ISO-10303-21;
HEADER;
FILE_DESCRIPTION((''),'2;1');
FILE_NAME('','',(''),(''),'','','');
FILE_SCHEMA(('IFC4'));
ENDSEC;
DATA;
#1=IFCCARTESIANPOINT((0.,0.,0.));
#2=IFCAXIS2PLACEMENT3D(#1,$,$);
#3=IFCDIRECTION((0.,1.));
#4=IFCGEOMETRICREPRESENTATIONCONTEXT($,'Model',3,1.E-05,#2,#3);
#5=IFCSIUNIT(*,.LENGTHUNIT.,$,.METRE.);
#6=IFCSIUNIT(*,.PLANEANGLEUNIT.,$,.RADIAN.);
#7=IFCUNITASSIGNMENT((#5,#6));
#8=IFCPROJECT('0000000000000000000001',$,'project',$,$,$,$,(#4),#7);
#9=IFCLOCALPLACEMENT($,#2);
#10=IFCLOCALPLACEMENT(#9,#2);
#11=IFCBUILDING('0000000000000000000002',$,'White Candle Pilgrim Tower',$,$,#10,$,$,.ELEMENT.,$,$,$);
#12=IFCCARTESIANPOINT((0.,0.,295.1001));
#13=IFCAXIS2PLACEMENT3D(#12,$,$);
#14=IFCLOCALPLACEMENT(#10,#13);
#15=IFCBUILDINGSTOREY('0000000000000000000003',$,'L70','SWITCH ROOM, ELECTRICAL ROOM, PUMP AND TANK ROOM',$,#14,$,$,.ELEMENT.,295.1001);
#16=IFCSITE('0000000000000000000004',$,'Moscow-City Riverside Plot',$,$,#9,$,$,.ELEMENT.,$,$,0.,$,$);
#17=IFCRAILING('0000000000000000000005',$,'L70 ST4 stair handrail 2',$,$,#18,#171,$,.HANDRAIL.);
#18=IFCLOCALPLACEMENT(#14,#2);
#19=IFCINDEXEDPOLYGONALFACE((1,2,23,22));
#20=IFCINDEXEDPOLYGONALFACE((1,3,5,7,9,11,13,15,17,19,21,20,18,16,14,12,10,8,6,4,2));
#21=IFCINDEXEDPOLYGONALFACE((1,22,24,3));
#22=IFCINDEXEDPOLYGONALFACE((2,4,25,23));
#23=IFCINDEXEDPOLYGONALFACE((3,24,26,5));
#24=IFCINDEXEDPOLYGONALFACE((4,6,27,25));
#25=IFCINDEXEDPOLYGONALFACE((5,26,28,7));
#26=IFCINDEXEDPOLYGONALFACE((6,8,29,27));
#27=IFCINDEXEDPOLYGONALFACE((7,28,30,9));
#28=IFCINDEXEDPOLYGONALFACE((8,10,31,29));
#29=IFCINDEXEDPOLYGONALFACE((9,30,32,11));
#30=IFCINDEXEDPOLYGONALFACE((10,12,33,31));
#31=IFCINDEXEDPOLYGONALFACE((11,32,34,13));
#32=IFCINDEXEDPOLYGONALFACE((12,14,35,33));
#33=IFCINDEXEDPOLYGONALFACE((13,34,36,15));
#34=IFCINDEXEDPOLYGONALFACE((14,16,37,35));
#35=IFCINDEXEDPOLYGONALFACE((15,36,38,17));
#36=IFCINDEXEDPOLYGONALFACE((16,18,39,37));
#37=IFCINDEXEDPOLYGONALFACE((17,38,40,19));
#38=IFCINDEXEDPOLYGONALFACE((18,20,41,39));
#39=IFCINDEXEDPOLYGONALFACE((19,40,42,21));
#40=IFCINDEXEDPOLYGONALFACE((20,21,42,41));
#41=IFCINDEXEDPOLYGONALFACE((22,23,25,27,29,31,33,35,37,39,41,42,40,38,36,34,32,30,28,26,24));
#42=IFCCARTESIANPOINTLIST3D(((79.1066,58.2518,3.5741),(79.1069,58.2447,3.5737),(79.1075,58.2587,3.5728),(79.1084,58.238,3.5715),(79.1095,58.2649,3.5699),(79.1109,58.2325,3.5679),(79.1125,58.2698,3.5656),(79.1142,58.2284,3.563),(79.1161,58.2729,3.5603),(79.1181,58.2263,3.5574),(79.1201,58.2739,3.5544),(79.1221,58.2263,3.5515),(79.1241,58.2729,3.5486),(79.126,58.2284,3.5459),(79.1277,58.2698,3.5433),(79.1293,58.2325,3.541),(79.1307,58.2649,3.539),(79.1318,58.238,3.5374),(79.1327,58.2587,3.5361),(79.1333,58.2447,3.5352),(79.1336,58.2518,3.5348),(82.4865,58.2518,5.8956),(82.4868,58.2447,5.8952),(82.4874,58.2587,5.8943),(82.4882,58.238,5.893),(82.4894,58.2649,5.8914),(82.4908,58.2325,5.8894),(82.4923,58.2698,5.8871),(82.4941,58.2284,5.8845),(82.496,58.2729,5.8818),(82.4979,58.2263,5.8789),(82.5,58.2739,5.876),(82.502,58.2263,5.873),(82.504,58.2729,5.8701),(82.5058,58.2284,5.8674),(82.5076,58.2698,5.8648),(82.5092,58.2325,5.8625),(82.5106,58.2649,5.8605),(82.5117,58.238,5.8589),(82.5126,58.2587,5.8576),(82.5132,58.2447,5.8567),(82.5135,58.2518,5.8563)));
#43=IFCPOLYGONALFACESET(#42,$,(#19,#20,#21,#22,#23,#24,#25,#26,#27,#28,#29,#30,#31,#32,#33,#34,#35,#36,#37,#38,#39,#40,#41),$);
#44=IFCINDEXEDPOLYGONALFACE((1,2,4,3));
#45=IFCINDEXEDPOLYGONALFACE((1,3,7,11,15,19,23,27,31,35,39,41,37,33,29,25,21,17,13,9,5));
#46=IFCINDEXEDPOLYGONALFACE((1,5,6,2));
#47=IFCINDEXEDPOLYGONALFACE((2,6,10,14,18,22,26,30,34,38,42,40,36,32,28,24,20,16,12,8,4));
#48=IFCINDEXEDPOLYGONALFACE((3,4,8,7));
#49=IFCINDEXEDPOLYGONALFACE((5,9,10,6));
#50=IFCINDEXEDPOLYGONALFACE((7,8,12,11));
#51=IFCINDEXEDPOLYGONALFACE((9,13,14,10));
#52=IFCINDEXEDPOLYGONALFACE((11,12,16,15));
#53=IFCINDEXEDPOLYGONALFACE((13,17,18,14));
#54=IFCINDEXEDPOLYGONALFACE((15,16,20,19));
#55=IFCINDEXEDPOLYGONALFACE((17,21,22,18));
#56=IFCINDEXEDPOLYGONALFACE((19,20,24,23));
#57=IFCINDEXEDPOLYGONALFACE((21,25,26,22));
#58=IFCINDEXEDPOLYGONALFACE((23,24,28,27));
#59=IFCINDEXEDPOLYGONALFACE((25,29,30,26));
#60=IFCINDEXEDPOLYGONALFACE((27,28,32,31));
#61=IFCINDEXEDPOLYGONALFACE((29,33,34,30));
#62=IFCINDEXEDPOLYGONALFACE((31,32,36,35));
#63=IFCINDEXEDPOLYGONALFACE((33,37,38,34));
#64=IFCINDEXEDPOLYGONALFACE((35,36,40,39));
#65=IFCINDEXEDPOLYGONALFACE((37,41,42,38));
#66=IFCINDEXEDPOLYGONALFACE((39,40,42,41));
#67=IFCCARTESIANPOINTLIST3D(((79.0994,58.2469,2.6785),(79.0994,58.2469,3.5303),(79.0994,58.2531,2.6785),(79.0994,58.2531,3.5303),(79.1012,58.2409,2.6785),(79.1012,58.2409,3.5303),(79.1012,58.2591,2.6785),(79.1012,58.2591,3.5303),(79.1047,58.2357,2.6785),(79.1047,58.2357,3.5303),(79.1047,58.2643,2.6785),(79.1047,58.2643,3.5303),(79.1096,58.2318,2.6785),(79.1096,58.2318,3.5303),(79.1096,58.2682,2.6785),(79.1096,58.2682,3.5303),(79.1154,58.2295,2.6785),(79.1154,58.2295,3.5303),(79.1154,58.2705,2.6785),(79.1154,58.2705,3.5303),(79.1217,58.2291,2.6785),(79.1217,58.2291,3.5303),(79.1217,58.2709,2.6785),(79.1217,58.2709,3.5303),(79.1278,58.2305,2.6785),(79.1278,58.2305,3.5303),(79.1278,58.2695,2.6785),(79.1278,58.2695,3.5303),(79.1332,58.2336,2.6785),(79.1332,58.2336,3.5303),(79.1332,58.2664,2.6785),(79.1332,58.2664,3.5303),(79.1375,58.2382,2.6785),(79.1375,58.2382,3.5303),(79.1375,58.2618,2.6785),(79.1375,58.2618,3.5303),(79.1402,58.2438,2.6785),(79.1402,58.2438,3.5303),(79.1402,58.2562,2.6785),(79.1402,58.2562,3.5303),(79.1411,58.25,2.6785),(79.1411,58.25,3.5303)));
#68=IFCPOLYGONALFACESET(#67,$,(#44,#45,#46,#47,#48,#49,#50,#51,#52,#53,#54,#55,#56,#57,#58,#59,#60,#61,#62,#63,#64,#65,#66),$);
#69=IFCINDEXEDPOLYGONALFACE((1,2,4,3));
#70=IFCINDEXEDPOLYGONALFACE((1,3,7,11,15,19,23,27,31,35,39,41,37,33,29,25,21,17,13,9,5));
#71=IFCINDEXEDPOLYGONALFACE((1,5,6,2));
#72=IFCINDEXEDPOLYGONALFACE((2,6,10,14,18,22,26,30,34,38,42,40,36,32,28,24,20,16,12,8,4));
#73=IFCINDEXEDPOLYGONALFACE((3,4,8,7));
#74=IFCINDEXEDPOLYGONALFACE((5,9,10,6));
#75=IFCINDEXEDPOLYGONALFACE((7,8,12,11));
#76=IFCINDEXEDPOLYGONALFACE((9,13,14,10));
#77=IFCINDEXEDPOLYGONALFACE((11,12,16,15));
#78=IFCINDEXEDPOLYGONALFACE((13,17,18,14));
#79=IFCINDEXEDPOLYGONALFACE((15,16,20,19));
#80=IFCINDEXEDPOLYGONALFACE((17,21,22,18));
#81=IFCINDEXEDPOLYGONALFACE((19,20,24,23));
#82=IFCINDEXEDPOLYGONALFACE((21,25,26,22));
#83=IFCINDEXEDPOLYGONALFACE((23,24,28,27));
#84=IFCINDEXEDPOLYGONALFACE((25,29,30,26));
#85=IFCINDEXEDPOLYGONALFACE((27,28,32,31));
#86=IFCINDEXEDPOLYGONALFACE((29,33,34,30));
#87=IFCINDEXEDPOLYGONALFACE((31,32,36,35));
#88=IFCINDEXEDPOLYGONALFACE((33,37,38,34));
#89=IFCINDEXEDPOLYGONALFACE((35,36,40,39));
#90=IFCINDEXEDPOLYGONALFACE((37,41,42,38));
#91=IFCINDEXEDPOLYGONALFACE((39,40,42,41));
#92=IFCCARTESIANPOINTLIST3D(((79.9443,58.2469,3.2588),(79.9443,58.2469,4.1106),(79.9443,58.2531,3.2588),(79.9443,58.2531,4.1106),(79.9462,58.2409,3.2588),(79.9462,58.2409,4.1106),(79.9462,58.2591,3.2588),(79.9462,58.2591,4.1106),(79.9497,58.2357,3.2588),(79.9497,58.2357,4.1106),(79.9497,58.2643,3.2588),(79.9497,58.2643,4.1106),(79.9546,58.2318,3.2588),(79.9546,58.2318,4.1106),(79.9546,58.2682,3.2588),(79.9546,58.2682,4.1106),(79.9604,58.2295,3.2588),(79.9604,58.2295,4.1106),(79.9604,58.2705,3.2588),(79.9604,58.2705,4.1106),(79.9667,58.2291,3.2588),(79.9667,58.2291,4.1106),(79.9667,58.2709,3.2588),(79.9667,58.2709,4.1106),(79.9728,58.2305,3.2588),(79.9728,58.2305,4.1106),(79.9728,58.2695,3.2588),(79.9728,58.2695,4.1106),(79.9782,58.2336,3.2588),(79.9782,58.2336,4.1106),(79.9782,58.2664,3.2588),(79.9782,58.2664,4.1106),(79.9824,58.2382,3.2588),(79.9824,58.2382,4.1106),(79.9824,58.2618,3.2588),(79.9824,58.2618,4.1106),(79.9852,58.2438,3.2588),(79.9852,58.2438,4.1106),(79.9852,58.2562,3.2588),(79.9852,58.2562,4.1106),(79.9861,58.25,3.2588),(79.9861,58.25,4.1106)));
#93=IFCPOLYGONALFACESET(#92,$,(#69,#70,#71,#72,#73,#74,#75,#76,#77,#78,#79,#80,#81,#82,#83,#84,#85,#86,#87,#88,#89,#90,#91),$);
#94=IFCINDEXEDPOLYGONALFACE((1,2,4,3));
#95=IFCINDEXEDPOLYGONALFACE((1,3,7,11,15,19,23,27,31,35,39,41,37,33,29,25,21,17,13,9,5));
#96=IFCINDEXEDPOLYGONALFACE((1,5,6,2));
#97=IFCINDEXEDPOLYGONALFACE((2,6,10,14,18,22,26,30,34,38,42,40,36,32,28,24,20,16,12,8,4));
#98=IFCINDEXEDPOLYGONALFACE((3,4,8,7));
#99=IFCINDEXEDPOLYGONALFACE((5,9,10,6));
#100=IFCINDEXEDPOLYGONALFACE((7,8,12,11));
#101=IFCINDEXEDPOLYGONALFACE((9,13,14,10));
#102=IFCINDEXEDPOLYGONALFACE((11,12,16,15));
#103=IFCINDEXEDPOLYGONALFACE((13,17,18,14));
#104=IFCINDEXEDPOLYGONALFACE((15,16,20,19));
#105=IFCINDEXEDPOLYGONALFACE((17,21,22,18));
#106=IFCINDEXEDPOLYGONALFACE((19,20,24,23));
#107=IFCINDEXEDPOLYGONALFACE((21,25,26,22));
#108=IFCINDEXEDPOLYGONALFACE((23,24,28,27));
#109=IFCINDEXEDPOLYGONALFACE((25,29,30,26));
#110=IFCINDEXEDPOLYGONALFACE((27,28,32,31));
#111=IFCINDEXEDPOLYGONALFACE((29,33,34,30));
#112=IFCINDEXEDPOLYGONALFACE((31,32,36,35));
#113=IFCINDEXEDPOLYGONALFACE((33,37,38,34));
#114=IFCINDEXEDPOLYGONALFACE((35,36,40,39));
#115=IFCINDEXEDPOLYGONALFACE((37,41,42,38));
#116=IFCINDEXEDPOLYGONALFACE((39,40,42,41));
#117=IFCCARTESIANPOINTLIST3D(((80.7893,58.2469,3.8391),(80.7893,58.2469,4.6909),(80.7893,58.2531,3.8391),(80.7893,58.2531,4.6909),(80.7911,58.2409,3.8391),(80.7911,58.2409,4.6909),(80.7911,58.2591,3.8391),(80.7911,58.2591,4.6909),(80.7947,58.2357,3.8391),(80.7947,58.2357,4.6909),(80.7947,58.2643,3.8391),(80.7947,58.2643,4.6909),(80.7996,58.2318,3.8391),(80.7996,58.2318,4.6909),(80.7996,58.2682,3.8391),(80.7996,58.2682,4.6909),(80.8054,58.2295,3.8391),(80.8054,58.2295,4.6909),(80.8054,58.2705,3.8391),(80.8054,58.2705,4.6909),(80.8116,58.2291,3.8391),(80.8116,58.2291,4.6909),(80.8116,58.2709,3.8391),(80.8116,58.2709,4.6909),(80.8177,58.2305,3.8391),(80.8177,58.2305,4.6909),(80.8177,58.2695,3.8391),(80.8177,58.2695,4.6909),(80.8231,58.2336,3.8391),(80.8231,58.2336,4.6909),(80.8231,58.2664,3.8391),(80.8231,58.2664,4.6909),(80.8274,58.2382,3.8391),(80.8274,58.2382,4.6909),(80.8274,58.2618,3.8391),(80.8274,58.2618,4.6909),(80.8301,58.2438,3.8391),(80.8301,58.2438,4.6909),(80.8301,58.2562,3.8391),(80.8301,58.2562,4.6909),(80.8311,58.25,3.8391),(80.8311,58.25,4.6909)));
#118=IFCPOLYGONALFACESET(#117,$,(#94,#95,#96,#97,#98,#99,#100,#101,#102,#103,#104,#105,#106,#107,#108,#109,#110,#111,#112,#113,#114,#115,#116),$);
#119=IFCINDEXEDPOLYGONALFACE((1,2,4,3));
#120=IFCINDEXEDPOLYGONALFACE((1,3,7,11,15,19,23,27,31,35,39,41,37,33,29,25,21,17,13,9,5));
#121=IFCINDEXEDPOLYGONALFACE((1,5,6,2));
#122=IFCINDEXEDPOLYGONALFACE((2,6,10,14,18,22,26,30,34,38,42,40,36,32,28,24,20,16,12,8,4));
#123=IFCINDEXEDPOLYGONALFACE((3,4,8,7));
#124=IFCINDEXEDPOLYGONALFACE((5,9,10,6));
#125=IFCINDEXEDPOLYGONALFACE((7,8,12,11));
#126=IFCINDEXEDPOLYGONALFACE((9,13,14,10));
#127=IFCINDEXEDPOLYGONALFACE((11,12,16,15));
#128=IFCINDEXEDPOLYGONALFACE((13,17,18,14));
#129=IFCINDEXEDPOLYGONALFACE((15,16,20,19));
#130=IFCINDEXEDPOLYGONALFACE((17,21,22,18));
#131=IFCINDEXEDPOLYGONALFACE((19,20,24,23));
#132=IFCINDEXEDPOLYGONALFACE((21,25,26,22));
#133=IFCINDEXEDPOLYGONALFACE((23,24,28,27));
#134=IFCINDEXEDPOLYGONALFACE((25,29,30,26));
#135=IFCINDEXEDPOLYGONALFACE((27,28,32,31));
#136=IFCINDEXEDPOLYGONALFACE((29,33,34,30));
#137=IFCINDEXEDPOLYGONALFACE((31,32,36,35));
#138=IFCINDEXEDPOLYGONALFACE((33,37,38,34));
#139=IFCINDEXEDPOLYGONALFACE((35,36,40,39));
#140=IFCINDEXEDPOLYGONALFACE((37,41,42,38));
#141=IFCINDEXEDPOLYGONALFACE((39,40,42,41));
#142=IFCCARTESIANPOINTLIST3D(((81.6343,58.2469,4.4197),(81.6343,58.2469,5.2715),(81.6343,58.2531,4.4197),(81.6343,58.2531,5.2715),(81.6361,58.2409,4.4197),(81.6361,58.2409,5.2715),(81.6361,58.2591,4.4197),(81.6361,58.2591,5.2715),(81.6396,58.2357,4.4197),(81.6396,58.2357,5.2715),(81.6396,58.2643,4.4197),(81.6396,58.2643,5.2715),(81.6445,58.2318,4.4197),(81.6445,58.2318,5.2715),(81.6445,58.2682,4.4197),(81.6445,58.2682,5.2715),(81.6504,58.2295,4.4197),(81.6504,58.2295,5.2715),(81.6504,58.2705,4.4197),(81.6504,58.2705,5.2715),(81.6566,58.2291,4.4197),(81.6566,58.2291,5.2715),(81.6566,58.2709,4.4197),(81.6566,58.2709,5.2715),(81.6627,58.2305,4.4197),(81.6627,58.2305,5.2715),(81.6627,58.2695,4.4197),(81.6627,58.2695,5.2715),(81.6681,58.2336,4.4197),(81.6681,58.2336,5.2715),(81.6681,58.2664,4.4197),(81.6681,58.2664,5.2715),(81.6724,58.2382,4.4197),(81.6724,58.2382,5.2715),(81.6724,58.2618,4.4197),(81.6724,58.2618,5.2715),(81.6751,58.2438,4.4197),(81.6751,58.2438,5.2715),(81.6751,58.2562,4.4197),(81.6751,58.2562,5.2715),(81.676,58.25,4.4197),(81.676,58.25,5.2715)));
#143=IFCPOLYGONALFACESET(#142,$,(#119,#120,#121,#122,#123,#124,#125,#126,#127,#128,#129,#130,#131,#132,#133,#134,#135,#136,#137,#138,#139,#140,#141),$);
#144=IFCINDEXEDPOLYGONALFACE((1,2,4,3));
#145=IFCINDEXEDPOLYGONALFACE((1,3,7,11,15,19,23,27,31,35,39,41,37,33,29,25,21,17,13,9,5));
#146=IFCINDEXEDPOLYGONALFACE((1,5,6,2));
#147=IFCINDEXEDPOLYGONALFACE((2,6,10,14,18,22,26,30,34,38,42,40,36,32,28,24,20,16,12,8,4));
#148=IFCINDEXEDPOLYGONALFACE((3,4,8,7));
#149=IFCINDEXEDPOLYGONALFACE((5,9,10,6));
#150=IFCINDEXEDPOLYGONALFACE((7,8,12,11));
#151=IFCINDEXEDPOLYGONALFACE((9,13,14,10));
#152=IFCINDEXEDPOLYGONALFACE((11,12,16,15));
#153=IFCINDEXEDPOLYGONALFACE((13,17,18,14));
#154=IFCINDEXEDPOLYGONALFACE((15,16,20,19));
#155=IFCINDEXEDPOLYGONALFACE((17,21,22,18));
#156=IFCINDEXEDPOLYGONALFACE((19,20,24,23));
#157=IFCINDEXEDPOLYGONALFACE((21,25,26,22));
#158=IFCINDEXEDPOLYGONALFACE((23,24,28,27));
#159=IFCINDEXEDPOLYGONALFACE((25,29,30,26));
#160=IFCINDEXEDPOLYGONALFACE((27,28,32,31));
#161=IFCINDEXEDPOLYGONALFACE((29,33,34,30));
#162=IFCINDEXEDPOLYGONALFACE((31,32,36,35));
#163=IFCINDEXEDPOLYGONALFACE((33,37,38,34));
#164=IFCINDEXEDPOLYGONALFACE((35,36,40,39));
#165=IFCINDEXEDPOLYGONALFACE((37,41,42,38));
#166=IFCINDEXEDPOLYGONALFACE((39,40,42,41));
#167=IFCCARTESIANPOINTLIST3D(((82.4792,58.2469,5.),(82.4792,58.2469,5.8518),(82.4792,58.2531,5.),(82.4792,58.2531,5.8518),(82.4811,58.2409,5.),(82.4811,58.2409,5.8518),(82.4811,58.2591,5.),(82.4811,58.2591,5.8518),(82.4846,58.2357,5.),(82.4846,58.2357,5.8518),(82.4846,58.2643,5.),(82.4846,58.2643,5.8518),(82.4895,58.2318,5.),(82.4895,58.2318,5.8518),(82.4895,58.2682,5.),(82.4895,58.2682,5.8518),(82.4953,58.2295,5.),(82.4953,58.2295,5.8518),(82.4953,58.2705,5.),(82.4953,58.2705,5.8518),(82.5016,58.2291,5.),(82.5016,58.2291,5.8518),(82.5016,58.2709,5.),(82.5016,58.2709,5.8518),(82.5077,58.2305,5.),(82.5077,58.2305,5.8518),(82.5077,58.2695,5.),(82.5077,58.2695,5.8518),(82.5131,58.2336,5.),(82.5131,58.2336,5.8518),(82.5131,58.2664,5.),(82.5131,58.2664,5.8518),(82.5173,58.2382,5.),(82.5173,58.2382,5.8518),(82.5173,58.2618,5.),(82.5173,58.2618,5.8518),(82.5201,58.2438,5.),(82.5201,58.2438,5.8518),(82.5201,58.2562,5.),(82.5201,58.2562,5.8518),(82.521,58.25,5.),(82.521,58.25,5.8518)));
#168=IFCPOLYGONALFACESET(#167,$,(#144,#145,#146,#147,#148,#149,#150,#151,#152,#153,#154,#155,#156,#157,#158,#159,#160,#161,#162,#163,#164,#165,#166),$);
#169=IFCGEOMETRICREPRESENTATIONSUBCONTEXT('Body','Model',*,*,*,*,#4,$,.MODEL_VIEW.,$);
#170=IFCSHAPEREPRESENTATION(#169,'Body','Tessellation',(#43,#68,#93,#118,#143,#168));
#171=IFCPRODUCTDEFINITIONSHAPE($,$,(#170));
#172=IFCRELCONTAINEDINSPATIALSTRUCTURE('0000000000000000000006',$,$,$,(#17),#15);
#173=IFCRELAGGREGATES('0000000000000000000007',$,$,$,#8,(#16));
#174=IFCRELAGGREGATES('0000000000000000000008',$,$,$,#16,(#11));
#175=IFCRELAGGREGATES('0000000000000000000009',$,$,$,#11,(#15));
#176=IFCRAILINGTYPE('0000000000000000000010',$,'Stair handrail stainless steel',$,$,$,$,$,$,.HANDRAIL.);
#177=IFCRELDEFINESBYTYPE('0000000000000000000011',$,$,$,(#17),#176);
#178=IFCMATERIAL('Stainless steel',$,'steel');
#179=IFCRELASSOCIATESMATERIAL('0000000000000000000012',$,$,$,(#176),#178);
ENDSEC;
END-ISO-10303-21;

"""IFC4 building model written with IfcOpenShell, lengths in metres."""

from ifc_helpers import new_model, si_unit, direction, frame, origin, origin_2d, place, context, subcontext, project, spatial, circle, extrude, material, type_object, element, save


model = new_model("IFC4")

# Units and contexts
model_context = context("Model", 3, precision=1e-05, world=origin(), true_north=direction((0.0, 1.0)))
body_context = subcontext(model_context, "Body", "Model", "MODEL_VIEW")
ifc_project = project(units=[si_unit("LENGTHUNIT", "METRE"), si_unit("PLANEANGLEUNIT", "RADIAN")], contexts=[model_context])

# Site, building, storey
site_placement = place(None, origin())
site = spatial("IfcSite", under=ifc_project, at=site_placement, Name="Moscow-City Riverside Plot", CompositionType="ELEMENT", RefElevation=0.0)
building_placement = place(site_placement, origin())
building = spatial("IfcBuilding", under=site, at=building_placement, Name="White Candle Pilgrim Tower", CompositionType="ELEMENT")
storey_placement = place(building_placement, frame((0.0, 0.0, 295.1001)))
storey = spatial("IfcBuildingStorey", under=building, at=storey_placement, Name="L70", Description="SWITCH ROOM, ELECTRICAL ROOM, PUMP AND TANK ROOM", CompositionType="ELEMENT", Elevation=295.1001)

# Railing
ifc_material_1 = material(Name="Stainless steel", Category="steel")
railing_type_1 = type_object("IfcRailingType", Name="Stair handrail stainless steel", PredefinedType="HANDRAIL", material=ifc_material_1)
railing_1_placement = place(storey_placement, frame((79.1201, 58.25, 2.6785)))
element("IfcRailing", 1, at=railing_1_placement, inside=storey, type_object=railing_type_1, Name="L70 ST4 stair handrail 2", PredefinedType="HANDRAIL", context=body_context, shape_type="SweptSolid", body=[
    extrude(circle(Radius=0.0239, at=origin_2d()), frame((0.0, 0.0, 0.876), z_axis=(0.824285, 0.0, 0.566175), x_axis=(0.0, 1.0, 0.0)), (0.0, 0.0, 1.0), 4.1003),
    extrude(circle(Radius=0.021, at=origin_2d()), origin(), (0.0, 0.0, 1.0), 0.8518),
    extrude(circle(Radius=0.021, at=origin_2d()), frame((0.845, 0.0, 0.5803)), (0.0, 0.0, 1.0), 0.8518),
    extrude(circle(Radius=0.021, at=origin_2d()), frame((1.6899, 0.0, 1.1606)), (0.0, 0.0, 1.0), 0.8518),
    extrude(circle(Radius=0.021, at=origin_2d()), frame((2.5349, 0.0, 1.7412)), (0.0, 0.0, 1.0), 0.8518),
    extrude(circle(Radius=0.021, at=origin_2d()), frame((3.3799, 0.0, 2.3215)), (0.0, 0.0, 1.0), 0.8518),
])

save(model, "model.ifc")
